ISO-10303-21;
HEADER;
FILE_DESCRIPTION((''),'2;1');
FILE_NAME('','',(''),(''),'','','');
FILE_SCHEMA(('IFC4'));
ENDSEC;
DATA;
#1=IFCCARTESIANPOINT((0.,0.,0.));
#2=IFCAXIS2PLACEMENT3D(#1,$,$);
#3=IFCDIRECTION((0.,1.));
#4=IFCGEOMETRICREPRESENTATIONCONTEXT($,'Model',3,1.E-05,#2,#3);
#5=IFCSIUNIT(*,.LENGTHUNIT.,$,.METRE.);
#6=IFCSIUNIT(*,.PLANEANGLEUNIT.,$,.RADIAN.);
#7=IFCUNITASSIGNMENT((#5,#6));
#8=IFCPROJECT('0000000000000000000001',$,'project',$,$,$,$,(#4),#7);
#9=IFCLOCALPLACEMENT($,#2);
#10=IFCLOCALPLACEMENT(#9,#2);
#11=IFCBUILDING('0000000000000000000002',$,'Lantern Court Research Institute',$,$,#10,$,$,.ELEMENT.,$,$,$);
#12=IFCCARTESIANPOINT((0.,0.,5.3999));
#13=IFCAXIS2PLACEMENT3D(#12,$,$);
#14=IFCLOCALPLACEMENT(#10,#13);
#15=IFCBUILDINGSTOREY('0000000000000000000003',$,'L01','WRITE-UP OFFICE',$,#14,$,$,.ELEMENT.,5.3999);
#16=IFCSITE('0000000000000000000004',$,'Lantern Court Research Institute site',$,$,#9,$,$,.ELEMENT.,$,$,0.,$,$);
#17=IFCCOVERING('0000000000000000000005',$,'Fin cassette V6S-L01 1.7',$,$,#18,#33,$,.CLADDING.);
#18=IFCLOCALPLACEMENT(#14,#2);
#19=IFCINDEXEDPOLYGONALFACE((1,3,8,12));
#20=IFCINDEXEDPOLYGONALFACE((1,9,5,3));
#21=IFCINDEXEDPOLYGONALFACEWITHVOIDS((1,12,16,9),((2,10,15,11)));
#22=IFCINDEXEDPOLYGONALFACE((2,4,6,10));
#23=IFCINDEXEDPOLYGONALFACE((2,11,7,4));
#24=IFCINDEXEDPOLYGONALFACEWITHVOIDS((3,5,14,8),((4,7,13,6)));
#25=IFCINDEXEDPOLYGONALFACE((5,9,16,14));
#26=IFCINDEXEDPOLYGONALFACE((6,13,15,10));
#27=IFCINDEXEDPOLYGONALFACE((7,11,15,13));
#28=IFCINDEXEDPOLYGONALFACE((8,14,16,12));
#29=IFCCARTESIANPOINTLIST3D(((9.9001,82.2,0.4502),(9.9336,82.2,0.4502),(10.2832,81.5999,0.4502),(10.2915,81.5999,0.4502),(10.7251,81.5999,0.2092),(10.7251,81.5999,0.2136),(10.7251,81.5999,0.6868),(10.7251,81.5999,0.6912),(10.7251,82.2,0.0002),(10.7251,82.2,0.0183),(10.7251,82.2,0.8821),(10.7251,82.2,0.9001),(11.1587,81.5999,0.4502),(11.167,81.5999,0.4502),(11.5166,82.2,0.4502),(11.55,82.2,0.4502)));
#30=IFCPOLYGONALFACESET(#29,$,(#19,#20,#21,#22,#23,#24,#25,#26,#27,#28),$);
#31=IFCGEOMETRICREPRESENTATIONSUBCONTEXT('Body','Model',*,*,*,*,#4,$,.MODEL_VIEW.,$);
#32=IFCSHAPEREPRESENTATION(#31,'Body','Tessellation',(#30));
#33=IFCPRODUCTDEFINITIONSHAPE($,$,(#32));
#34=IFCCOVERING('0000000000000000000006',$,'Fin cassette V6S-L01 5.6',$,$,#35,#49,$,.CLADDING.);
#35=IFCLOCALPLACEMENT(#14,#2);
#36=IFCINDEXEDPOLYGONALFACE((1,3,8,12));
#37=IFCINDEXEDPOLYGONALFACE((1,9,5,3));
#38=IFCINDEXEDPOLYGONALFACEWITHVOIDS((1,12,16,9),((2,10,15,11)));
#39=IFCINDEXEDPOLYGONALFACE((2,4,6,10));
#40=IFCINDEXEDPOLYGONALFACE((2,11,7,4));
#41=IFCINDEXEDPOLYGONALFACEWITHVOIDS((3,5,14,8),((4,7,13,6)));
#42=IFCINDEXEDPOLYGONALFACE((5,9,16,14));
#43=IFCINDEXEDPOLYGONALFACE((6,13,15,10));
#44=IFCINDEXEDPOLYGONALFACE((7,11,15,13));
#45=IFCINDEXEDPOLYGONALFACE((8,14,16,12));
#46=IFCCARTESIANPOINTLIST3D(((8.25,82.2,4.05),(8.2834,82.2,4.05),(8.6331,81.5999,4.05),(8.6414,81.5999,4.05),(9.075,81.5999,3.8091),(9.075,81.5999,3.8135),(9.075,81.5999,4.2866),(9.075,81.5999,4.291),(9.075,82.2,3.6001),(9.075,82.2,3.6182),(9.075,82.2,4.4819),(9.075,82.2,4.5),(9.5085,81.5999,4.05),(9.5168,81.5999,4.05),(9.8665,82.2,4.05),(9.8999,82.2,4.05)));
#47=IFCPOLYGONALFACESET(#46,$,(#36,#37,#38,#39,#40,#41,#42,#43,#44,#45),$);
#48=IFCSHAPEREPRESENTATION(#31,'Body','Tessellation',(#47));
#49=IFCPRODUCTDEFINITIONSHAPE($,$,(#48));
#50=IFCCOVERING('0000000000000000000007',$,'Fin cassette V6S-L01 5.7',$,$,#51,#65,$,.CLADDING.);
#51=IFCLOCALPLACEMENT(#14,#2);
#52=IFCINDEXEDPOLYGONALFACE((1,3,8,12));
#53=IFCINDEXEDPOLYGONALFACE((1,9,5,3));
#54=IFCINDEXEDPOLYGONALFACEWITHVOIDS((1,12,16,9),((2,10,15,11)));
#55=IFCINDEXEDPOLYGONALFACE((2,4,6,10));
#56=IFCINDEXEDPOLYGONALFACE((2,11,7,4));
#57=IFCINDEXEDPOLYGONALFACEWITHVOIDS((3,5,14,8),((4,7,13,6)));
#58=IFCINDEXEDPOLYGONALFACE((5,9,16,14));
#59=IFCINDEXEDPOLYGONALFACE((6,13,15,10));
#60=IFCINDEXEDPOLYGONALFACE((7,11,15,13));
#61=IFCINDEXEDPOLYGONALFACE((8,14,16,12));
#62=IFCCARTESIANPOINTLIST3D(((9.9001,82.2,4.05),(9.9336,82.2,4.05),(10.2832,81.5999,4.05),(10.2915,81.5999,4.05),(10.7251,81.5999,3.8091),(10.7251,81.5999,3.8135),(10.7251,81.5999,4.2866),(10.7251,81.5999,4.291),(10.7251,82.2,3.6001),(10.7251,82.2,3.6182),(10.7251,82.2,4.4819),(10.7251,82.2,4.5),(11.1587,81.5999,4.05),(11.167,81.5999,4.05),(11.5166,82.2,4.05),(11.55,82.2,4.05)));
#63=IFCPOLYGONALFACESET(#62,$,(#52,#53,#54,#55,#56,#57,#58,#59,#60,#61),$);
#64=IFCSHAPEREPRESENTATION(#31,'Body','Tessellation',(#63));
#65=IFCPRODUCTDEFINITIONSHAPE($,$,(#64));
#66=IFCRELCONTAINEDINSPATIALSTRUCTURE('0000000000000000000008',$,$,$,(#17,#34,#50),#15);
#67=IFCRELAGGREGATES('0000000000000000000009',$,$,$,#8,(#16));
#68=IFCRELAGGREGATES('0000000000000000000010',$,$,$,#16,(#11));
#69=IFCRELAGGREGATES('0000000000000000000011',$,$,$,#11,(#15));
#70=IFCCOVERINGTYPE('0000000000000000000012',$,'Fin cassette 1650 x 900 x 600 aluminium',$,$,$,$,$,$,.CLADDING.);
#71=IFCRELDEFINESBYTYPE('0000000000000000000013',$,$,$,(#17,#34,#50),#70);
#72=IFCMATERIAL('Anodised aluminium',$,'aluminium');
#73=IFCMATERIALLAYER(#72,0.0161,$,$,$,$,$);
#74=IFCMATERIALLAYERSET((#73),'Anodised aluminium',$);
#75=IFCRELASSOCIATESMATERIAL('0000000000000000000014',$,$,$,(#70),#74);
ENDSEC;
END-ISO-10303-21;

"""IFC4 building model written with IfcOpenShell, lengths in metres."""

from ifc_helpers import new_model, entity, si_unit, direction, frame, origin, place, context, subcontext, project, spatial, material, layer, layer_set, type_object, element, save


model = new_model("IFC4")

# Units and contexts
model_context = context("Model", 3, precision=1e-05, world=origin(), true_north=direction((0.0, 1.0)))
body_context = subcontext(model_context, "Body", "Model", "MODEL_VIEW")
ifc_project = project(units=[si_unit("LENGTHUNIT", "METRE"), si_unit("PLANEANGLEUNIT", "RADIAN")], contexts=[model_context])

# Site, building, storey
site_placement = place(None, origin())
site = spatial("IfcSite", under=ifc_project, at=site_placement, Name="Lantern Court Research Institute site", CompositionType="ELEMENT", RefElevation=0.0)
building_placement = place(site_placement, origin())
building = spatial("IfcBuilding", under=site, at=building_placement, Name="Lantern Court Research Institute", CompositionType="ELEMENT")
storey_placement = place(building_placement, frame((0.0, 0.0, 5.3999)))
storey = spatial("IfcBuildingStorey", under=building, at=storey_placement, Name="L01", Description="WRITE-UP OFFICE", CompositionType="ELEMENT", Elevation=5.3999)

# Coverings
ifc_material_1 = material(Name="Anodised aluminium", Category="aluminium")
ifc_layer_1 = layer(ifc_material_1, 0.0161)
ifc_layer_set_1 = layer_set([ifc_layer_1], Name="Anodised aluminium")
covering_type_1 = type_object("IfcCoveringType", Name="Fin cassette 1650 x 900 x 600 aluminium", PredefinedType="CLADDING", material=ifc_layer_set_1)
covering_1_placement = place(storey_placement, frame((10.7251, 82.2, 0.4502), z_axis=(0.0, -1.0, 0.0), x_axis=(1.0, 0.0, 0.0)))
cartesian_point_1 = entity("IfcCartesianPoint", [0.825, 0.0])
cartesian_point_2 = entity("IfcCartesianPoint", [0.7915, 0.0])
cartesian_point_3 = entity("IfcCartesianPoint", [0.4419, 0.0])
cartesian_point_4 = entity("IfcCartesianPoint", [0.4336, 0.0])
element("IfcCovering", 1, at=covering_1_placement, inside=storey, type_object=covering_type_1, Name="Fin cassette V6S-L01 1.7", PredefinedType="CLADDING", context=body_context, shape_type="SweptSolid", body=[
    entity("IfcExtrudedAreaSolidTapered", entity("IfcArbitraryProfileDefWithVoids", "AREA", None, entity("IfcPolyline", [cartesian_point_1, entity("IfcCartesianPoint", [0.0, 0.45]), entity("IfcCartesianPoint", [-0.825, 0.0]), entity("IfcCartesianPoint", [0.0, -0.45]), cartesian_point_1]), [entity("IfcPolyline", [cartesian_point_2, entity("IfcCartesianPoint", [0.0, 0.4319]), entity("IfcCartesianPoint", [-0.7915, 0.0]), entity("IfcCartesianPoint", [0.0, -0.4319]), cartesian_point_2])]), entity("IfcAxis2Placement3D", entity("IfcCartesianPoint", [0.0, 0.0, 0.0])), entity("IfcDirection", [0.0, 0.0, 1.0]), 0.6001, entity("IfcArbitraryProfileDefWithVoids", "AREA", None, entity("IfcPolyline", [cartesian_point_3, entity("IfcCartesianPoint", [0.0, 0.241]), entity("IfcCartesianPoint", [-0.4419, 0.0]), entity("IfcCartesianPoint", [0.0, -0.241]), cartesian_point_3]), [entity("IfcPolyline", [cartesian_point_4, entity("IfcCartesianPoint", [0.0, 0.2366]), entity("IfcCartesianPoint", [-0.4336, 0.0]), entity("IfcCartesianPoint", [0.0, -0.2366]), cartesian_point_4])])),
])
covering_2_placement = place(storey_placement, frame((9.075, 82.2, 4.05), z_axis=(0.0, -1.0, 0.0), x_axis=(1.0, 0.0, 0.0)))
cartesian_point_5 = entity("IfcCartesianPoint", [0.825, 0.0])
cartesian_point_6 = entity("IfcCartesianPoint", [0.7915, 0.0])
cartesian_point_7 = entity("IfcCartesianPoint", [0.4419, 0.0])
cartesian_point_8 = entity("IfcCartesianPoint", [0.4336, 0.0])
element("IfcCovering", 2, at=covering_2_placement, inside=storey, type_object=covering_type_1, Name="Fin cassette V6S-L01 5.6", PredefinedType="CLADDING", context=body_context, shape_type="SweptSolid", body=[
    entity("IfcExtrudedAreaSolidTapered", entity("IfcArbitraryProfileDefWithVoids", "AREA", None, entity("IfcPolyline", [cartesian_point_5, entity("IfcCartesianPoint", [0.0, 0.45]), entity("IfcCartesianPoint", [-0.825, 0.0]), entity("IfcCartesianPoint", [0.0, -0.45]), cartesian_point_5]), [entity("IfcPolyline", [cartesian_point_6, entity("IfcCartesianPoint", [0.0, 0.4319]), entity("IfcCartesianPoint", [-0.7915, 0.0]), entity("IfcCartesianPoint", [0.0, -0.4319]), cartesian_point_6])]), entity("IfcAxis2Placement3D", entity("IfcCartesianPoint", [0.0, 0.0, 0.0])), entity("IfcDirection", [0.0, 0.0, 1.0]), 0.6001, entity("IfcArbitraryProfileDefWithVoids", "AREA", None, entity("IfcPolyline", [cartesian_point_7, entity("IfcCartesianPoint", [0.0, 0.241]), entity("IfcCartesianPoint", [-0.4419, 0.0]), entity("IfcCartesianPoint", [0.0, -0.241]), cartesian_point_7]), [entity("IfcPolyline", [cartesian_point_8, entity("IfcCartesianPoint", [0.0, 0.2366]), entity("IfcCartesianPoint", [-0.4336, 0.0]), entity("IfcCartesianPoint", [0.0, -0.2366]), cartesian_point_8])])),
])
covering_3_placement = place(storey_placement, frame((10.7251, 82.2, 4.05), z_axis=(0.0, -1.0, 0.0), x_axis=(1.0, 0.0, 0.0)))
cartesian_point_9 = entity("IfcCartesianPoint", [0.825, 0.0])
cartesian_point_10 = entity("IfcCartesianPoint", [0.7915, 0.0])
cartesian_point_11 = entity("IfcCartesianPoint", [0.4419, 0.0])
cartesian_point_12 = entity("IfcCartesianPoint", [0.4336, 0.0])
element("IfcCovering", 3, at=covering_3_placement, inside=storey, type_object=covering_type_1, Name="Fin cassette V6S-L01 5.7", PredefinedType="CLADDING", context=body_context, shape_type="SweptSolid", body=[
    entity("IfcExtrudedAreaSolidTapered", entity("IfcArbitraryProfileDefWithVoids", "AREA", None, entity("IfcPolyline", [cartesian_point_9, entity("IfcCartesianPoint", [0.0, 0.45]), entity("IfcCartesianPoint", [-0.825, 0.0]), entity("IfcCartesianPoint", [0.0, -0.45]), cartesian_point_9]), [entity("IfcPolyline", [cartesian_point_10, entity("IfcCartesianPoint", [0.0, 0.4319]), entity("IfcCartesianPoint", [-0.7915, 0.0]), entity("IfcCartesianPoint", [0.0, -0.4319]), cartesian_point_10])]), entity("IfcAxis2Placement3D", entity("IfcCartesianPoint", [0.0, 0.0, 0.0])), entity("IfcDirection", [0.0, 0.0, 1.0]), 0.6001, entity("IfcArbitraryProfileDefWithVoids", "AREA", None, entity("IfcPolyline", [cartesian_point_11, entity("IfcCartesianPoint", [0.0, 0.241]), entity("IfcCartesianPoint", [-0.4419, 0.0]), entity("IfcCartesianPoint", [0.0, -0.241]), cartesian_point_11]), [entity("IfcPolyline", [cartesian_point_12, entity("IfcCartesianPoint", [0.0, 0.2366]), entity("IfcCartesianPoint", [-0.4336, 0.0]), entity("IfcCartesianPoint", [0.0, -0.2366]), cartesian_point_12])])),
])

save(model, "model.ifc")
